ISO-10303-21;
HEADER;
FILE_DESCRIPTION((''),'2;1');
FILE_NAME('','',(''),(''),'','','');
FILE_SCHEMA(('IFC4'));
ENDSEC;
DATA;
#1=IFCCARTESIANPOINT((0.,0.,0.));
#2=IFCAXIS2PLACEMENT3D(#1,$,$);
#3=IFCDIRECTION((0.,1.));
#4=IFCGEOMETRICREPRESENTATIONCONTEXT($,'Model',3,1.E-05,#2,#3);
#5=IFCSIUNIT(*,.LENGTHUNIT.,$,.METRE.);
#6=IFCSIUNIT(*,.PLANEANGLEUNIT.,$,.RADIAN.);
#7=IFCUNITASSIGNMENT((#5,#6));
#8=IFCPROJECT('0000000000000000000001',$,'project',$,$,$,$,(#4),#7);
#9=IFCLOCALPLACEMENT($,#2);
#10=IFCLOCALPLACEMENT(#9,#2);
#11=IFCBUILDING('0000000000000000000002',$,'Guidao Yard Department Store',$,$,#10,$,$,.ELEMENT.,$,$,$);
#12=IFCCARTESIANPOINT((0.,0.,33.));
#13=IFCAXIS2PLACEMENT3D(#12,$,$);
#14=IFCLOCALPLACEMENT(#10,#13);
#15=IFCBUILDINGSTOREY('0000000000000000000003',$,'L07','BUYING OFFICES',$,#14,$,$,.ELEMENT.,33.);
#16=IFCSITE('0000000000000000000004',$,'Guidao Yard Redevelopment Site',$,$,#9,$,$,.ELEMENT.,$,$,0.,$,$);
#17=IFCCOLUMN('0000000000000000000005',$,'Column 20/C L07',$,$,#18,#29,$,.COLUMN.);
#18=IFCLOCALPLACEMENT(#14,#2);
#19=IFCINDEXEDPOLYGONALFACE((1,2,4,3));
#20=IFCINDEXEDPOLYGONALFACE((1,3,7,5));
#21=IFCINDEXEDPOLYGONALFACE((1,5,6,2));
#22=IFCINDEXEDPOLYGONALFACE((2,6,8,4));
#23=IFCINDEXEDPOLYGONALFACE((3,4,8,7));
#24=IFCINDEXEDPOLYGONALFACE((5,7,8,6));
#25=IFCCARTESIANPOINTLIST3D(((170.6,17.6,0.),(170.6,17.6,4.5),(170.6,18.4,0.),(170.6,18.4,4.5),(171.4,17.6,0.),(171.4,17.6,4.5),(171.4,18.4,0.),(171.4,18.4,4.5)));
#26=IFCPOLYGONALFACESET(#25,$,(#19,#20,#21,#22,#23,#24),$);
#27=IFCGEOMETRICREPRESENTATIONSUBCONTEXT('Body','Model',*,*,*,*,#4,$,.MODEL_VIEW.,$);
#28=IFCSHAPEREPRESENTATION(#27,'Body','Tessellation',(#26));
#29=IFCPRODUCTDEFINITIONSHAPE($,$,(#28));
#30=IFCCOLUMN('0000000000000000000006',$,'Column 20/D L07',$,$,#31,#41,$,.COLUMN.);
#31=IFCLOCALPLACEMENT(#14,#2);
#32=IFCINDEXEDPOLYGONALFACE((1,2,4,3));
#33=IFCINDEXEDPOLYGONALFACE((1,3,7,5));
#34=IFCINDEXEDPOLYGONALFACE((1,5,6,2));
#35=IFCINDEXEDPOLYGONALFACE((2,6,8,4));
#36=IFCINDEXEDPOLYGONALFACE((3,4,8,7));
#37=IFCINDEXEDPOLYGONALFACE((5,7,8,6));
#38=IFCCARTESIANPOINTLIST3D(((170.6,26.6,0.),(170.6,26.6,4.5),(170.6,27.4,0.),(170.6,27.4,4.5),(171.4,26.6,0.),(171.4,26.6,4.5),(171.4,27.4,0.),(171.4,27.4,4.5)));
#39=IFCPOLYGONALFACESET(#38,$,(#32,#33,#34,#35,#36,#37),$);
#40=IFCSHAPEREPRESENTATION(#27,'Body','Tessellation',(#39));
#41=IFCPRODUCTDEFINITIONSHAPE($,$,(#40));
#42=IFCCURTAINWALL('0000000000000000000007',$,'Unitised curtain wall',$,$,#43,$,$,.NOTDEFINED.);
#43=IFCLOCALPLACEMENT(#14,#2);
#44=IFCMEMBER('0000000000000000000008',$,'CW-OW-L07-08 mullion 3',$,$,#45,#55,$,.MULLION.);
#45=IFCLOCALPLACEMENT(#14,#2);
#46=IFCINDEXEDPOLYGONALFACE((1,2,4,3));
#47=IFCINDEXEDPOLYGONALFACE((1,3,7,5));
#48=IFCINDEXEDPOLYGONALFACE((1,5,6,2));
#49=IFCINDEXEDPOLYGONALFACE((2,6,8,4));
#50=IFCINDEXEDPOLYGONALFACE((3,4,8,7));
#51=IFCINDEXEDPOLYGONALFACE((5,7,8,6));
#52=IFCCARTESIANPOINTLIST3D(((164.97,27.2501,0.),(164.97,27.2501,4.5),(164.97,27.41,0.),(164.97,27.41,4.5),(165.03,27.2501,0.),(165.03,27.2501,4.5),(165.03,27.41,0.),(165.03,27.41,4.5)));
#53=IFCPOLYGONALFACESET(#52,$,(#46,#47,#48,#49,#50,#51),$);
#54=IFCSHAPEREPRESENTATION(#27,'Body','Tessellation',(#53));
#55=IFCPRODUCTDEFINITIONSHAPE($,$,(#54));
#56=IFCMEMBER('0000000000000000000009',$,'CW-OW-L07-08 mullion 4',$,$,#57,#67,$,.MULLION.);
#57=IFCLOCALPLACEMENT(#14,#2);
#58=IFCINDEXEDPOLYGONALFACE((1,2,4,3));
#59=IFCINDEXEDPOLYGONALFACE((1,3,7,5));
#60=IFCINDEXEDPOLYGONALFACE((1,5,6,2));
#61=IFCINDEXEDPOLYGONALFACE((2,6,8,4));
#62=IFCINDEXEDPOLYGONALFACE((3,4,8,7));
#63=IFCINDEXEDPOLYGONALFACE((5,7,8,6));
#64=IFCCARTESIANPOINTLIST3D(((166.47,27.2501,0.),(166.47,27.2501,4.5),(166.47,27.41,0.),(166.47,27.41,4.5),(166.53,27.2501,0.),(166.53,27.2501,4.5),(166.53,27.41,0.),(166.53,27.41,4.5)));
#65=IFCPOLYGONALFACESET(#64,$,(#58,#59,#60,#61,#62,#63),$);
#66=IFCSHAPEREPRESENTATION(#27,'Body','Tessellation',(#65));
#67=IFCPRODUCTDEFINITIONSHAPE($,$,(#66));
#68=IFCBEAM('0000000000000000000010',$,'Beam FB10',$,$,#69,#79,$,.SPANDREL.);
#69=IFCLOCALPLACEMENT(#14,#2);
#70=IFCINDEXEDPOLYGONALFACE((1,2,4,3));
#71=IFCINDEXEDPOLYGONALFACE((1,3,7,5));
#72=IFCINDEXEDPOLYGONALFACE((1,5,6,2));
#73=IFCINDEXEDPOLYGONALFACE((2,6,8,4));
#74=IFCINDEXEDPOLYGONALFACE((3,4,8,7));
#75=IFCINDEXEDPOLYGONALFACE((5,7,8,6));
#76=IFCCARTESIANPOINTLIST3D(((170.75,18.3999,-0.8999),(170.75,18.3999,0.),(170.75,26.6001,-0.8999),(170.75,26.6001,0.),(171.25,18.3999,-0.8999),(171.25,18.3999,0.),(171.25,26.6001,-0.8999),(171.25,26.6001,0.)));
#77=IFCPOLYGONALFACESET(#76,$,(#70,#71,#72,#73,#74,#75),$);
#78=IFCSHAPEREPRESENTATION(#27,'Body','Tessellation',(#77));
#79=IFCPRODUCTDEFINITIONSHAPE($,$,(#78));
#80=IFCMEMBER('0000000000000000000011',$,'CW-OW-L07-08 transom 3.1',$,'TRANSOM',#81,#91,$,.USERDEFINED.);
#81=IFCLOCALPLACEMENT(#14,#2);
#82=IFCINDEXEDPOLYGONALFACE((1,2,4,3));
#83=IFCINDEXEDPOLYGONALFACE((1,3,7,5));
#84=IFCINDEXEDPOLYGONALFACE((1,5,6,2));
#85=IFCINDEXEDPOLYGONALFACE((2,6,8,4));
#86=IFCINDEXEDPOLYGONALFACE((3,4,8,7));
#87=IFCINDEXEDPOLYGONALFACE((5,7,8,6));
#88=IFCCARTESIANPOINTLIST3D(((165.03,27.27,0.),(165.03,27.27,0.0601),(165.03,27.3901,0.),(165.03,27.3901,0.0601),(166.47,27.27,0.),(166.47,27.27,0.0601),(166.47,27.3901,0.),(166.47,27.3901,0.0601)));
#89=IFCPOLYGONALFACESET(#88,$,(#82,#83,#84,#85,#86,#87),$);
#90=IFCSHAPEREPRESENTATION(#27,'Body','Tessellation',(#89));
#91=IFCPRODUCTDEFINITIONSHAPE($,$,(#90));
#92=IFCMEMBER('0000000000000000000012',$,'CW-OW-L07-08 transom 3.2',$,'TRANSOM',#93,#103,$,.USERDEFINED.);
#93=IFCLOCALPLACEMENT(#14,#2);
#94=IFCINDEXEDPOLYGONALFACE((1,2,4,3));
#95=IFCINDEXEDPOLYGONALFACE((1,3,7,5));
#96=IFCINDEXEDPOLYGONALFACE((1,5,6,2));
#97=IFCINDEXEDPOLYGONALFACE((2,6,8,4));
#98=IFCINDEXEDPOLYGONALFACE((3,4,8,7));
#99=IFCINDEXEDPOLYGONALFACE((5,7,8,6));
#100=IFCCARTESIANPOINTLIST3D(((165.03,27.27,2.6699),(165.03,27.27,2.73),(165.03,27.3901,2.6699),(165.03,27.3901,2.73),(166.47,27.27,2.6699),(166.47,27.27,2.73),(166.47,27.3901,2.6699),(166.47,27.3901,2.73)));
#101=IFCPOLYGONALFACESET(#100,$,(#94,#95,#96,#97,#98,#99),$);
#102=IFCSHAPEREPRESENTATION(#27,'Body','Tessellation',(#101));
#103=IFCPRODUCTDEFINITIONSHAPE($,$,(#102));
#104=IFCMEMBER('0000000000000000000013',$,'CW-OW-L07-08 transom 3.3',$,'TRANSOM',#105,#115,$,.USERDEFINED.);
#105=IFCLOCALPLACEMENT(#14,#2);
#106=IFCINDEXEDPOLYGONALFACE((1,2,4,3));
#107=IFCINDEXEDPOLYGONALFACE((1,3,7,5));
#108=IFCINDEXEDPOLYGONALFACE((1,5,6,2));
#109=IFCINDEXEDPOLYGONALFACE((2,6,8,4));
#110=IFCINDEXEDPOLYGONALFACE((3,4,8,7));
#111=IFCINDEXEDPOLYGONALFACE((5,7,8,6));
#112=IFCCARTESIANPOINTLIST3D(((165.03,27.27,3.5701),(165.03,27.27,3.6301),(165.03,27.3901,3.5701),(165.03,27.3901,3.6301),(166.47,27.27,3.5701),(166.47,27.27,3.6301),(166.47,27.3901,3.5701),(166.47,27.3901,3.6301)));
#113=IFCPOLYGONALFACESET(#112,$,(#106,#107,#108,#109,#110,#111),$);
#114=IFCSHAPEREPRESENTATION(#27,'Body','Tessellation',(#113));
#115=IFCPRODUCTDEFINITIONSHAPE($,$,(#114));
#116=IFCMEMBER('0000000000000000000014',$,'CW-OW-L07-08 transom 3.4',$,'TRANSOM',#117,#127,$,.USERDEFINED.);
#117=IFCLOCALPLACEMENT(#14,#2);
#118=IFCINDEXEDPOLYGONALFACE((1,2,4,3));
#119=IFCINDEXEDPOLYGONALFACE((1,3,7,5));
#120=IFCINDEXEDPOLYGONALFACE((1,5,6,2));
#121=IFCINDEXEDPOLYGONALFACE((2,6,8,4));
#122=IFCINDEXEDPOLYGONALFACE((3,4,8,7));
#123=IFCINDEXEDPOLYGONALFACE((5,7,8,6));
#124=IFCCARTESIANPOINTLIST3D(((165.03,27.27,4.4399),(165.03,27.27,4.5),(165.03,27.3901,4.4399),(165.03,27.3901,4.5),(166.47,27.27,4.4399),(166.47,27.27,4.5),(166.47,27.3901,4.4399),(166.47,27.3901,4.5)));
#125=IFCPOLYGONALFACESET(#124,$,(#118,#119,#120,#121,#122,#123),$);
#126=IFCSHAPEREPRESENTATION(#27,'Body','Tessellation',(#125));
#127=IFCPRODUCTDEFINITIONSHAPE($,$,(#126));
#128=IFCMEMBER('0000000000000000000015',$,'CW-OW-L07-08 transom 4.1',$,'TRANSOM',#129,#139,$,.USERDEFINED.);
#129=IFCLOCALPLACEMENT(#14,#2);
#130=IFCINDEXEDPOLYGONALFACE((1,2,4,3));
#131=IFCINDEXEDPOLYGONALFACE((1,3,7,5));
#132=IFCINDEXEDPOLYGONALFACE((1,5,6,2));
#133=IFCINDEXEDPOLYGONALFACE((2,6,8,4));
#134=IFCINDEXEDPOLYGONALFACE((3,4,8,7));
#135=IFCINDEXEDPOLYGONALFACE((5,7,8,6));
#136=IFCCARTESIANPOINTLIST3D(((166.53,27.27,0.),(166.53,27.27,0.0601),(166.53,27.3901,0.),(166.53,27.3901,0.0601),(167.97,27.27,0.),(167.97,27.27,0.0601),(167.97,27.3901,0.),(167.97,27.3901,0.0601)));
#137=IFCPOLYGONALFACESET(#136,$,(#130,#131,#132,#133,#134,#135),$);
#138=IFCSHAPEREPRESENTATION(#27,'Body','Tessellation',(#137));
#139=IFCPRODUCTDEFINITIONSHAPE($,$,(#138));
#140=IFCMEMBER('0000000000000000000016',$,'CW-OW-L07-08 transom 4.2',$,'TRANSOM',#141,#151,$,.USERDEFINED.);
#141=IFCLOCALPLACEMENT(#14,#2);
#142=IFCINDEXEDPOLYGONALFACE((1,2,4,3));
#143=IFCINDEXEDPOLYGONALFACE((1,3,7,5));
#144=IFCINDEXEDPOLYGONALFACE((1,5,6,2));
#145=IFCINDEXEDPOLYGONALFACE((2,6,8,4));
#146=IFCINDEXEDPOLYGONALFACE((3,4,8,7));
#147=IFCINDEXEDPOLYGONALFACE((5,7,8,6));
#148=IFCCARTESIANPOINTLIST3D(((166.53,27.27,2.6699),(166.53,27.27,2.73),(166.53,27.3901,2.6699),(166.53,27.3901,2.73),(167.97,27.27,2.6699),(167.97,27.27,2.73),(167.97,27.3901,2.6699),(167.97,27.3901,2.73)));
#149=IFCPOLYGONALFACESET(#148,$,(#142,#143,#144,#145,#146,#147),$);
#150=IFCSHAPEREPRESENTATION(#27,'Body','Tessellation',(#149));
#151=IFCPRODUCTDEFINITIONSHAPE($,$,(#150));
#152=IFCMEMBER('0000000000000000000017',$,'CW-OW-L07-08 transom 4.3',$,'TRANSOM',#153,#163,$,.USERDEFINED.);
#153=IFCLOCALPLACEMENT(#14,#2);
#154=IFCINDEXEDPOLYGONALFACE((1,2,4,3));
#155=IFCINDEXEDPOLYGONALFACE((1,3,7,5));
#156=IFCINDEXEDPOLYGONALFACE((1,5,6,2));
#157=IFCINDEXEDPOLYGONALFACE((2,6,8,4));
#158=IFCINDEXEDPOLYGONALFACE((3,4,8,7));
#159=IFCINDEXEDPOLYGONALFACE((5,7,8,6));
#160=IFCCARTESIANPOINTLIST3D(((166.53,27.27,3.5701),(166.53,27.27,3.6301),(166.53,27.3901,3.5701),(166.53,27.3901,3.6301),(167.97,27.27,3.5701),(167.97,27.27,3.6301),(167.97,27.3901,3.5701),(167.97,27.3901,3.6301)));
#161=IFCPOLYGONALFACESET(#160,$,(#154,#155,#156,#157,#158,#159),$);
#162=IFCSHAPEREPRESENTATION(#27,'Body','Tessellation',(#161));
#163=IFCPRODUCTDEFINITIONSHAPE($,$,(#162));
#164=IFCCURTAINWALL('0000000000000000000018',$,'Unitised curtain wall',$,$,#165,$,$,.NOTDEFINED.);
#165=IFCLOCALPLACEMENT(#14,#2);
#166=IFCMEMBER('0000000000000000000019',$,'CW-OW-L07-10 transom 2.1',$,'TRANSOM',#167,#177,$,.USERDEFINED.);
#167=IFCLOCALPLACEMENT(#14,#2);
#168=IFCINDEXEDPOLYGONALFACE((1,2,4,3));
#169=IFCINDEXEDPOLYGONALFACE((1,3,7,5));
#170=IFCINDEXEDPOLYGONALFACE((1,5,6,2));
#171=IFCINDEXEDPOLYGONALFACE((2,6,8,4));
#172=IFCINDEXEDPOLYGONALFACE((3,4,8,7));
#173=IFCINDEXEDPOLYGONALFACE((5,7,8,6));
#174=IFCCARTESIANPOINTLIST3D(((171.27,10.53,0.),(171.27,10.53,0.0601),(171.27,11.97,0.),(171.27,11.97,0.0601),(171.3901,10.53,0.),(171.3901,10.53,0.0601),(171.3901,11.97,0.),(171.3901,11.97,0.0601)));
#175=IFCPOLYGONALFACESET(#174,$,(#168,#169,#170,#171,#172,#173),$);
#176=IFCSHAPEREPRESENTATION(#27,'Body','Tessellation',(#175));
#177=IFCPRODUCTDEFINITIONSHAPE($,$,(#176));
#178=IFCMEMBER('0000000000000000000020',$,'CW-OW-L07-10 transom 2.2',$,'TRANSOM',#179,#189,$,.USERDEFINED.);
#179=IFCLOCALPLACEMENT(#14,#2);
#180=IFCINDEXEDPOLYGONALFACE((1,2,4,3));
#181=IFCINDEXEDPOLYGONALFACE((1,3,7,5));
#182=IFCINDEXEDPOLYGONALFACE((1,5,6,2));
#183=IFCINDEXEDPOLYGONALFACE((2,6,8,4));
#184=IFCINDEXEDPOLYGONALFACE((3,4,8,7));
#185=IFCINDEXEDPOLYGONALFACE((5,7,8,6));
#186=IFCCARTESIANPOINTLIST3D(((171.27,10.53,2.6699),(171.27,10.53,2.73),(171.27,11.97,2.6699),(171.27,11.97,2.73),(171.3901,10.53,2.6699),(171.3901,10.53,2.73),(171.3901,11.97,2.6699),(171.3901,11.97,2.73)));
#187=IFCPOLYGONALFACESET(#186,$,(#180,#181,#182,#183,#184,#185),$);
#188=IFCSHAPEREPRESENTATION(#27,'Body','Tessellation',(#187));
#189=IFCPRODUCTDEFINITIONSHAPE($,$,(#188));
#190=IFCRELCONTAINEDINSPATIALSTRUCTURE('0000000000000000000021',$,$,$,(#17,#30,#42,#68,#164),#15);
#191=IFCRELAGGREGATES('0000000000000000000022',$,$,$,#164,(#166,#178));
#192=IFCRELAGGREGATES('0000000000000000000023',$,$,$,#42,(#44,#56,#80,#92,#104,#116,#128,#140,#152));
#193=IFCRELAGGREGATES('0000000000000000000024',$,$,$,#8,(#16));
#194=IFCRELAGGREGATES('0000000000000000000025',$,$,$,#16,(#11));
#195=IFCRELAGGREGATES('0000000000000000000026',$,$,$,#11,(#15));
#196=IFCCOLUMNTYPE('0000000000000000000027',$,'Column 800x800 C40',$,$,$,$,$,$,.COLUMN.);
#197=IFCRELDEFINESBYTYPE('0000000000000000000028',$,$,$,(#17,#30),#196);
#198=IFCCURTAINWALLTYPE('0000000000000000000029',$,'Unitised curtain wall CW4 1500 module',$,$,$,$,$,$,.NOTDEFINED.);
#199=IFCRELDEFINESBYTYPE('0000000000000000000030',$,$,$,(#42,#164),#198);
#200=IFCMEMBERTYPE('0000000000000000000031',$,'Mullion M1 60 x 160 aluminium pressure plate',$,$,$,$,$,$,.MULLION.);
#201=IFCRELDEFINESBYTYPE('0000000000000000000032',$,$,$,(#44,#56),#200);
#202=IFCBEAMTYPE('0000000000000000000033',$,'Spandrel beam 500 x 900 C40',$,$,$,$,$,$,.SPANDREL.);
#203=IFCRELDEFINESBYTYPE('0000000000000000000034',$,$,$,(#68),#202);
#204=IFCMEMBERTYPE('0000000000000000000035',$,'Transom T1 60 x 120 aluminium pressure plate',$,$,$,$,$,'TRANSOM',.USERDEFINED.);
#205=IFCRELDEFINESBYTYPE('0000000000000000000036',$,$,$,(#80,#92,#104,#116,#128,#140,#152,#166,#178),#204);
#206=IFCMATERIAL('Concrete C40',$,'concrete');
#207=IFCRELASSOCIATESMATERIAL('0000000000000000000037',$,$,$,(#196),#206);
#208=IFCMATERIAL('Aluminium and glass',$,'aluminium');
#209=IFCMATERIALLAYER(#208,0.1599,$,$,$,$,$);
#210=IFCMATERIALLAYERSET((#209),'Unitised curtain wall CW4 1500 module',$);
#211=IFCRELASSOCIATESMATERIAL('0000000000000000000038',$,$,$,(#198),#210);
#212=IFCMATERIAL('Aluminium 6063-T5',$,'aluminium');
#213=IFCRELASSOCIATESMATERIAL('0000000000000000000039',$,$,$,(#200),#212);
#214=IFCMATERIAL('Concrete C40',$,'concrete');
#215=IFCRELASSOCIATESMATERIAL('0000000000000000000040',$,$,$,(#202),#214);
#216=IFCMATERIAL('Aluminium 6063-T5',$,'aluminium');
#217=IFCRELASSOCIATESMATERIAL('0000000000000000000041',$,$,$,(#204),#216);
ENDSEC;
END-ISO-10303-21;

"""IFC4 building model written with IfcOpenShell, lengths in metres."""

from ifc_helpers import new_model, si_unit, direction, frame, origin, origin_2d, place, context, subcontext, project, spatial, rectangle, extrude, material, layer, layer_set, material_profile, profile_set, type_object, element, aggregate, save


model = new_model("IFC4")

# Units and contexts
model_context = context("Model", 3, precision=1e-05, world=origin(), true_north=direction((0.0, 1.0)))
body_context = subcontext(model_context, "Body", "Model", "MODEL_VIEW")
ifc_project = project(units=[si_unit("LENGTHUNIT", "METRE"), si_unit("PLANEANGLEUNIT", "RADIAN")], contexts=[model_context])

# Site, building, storey
site_placement = place(None, origin())
site = spatial("IfcSite", under=ifc_project, at=site_placement, Name="Guidao Yard Redevelopment Site", CompositionType="ELEMENT", RefElevation=0.0)
building_placement = place(site_placement, origin())
building = spatial("IfcBuilding", under=site, at=building_placement, Name="Guidao Yard Department Store", CompositionType="ELEMENT")
storey_placement = place(building_placement, frame((0.0, 0.0, 33.0)))
storey = spatial("IfcBuildingStorey", under=building, at=storey_placement, Name="L07", Description="BUYING OFFICES", CompositionType="ELEMENT", Elevation=33.0)

# Columns
ifc_material_1 = material(Name="Concrete C40", Category="concrete")
ifc_material_profile_1 = material_profile(ifc_material_1, rectangle(XDim=0.8, YDim=0.8, at=origin_2d()), Name="COL 800x800")
ifc_profile_set_1 = profile_set([ifc_material_profile_1], Name="Concrete C40")
column_type = type_object("IfcColumnType", Name="Column 800x800 C40", PredefinedType="COLUMN", material=ifc_profile_set_1)
for number, where, z_axis, x_axis, name in (
    (1, (171.0, 18.0, 0.0), (0.0, 0.0, 1.0), (1.0, 0.0, 0.0), "Column 20/C L07"),
    (2, (171.0, 27.0, 0.0), (0.0, 0.0, 1.0), (1.0, 0.0, 0.0), "Column 20/D L07"),
):
    element("IfcColumn", number, at=place(storey_placement, frame(where, z_axis=z_axis, x_axis=x_axis)), inside=storey, type_object=column_type, Name=name, PredefinedType="COLUMN", context=body_context, shape_type="SweptSolid", body=[
        extrude(rectangle(XDim=0.8, YDim=0.8, at=origin_2d()), origin(), (0.0, 0.0, 1.0), 4.5),
    ])

# Curtain wall, members
ifc_material_2 = material(Name="Aluminium and glass", Category="aluminium")
ifc_layer_1 = layer(ifc_material_2, 0.1599)
ifc_layer_set_1 = layer_set([ifc_layer_1], Name="Unitised curtain wall CW4 1500 module")
curtain_wall_type = type_object("IfcCurtainWallType", Name="Unitised curtain wall CW4 1500 module", PredefinedType="NOTDEFINED", material=ifc_layer_set_1)
curtain_wall_1_placement = place(storey_placement, origin())
curtain_wall_1 = element("IfcCurtainWall", 3, at=curtain_wall_1_placement, inside=storey, type_object=curtain_wall_type, Name="Unitised curtain wall", PredefinedType="NOTDEFINED")
ifc_material_3 = material(Name="Aluminium 6063-T5", Category="aluminium")
ifc_material_profile_2 = material_profile(ifc_material_3, rectangle(XDim=0.0601, YDim=0.1599, at=origin_2d()), Name="Mullion M1 60 x 160 aluminium pressure plate")
ifc_profile_set_2 = profile_set([ifc_material_profile_2], Name="Aluminium 6063-T5")
member_type_1 = type_object("IfcMemberType", Name="Mullion M1 60 x 160 aluminium pressure plate", PredefinedType="MULLION", material=ifc_profile_set_2)
member_1_placement = place(storey_placement, frame((165.0, 27.3301, 0.0), z_axis=(0.0, 0.0, 1.0), x_axis=(1.0, 0.0, 0.0)))
member_1 = element("IfcMember", 4, at=member_1_placement, type_object=member_type_1, Name="CW-OW-L07-08 mullion 3", PredefinedType="MULLION", context=body_context, shape_type="SweptSolid", body=[
    extrude(rectangle(XDim=0.0601, YDim=0.1599, at=origin_2d()), origin(), (0.0, 0.0, 1.0), 4.5),
])
member_2_placement = place(storey_placement, frame((166.5, 27.3301, 0.0), z_axis=(0.0, 0.0, 1.0), x_axis=(1.0, 0.0, 0.0)))
member_2 = element("IfcMember", 5, at=member_2_placement, type_object=member_type_1, Name="CW-OW-L07-08 mullion 4", PredefinedType="MULLION", context=body_context, shape_type="SweptSolid", body=[
    extrude(rectangle(XDim=0.0601, YDim=0.1599, at=origin_2d()), origin(), (0.0, 0.0, 1.0), 4.5),
])

# Beam
ifc_material_4 = material(Name="Concrete C40", Category="concrete")
ifc_material_profile_3 = material_profile(ifc_material_4, rectangle(XDim=0.5, YDim=0.8999, at=origin_2d()), Name="Spandrel beam 500 x 900 C40")
ifc_profile_set_3 = profile_set([ifc_material_profile_3], Name="Concrete C40")
beam_type = type_object("IfcBeamType", Name="Spandrel beam 500 x 900 C40", PredefinedType="SPANDREL", material=ifc_profile_set_3)
beam_placement = place(storey_placement, frame((171.0, 18.3999, -0.45), z_axis=(0.0, 1.0, 0.0), x_axis=(-1.0, 0.0, 0.0)))
element("IfcBeam", 6, at=beam_placement, inside=storey, type_object=beam_type, Name="Beam FB10", PredefinedType="SPANDREL", context=body_context, shape_type="SweptSolid", body=[
    extrude(rectangle(XDim=0.5, YDim=0.8999, at=origin_2d()), origin(), (0.0, 0.0, 1.0), 8.2002),
])

# Members
ifc_material_5 = material(Name="Aluminium 6063-T5", Category="aluminium")
ifc_material_profile_4 = material_profile(ifc_material_5, rectangle(XDim=0.1201, YDim=0.0601, at=origin_2d()), Name="Transom T1 60 x 120 aluminium pressure plate")
ifc_profile_set_4 = profile_set([ifc_material_profile_4], Name="Aluminium 6063-T5")
member_type_2 = type_object("IfcMemberType", Name="Transom T1 60 x 120 aluminium pressure plate", ElementType="TRANSOM", PredefinedType="USERDEFINED", material=ifc_profile_set_4)
member_3_placement = place(storey_placement, frame((165.03, 27.3301, 0.03), z_axis=(1.0, 0.0, 0.0), x_axis=(0.0, 1.0, 0.0)))
member_3 = element("IfcMember", 7, at=member_3_placement, type_object=member_type_2, Name="CW-OW-L07-08 transom 3.1", ObjectType="TRANSOM", PredefinedType="USERDEFINED", context=body_context, shape_type="SweptSolid", body=[
    extrude(rectangle(XDim=0.1201, YDim=0.0601, at=origin_2d()), origin(), (0.0, 0.0, 1.0), 1.4399),
])
member_4_placement = place(storey_placement, frame((165.03, 27.3301, 2.7), z_axis=(1.0, 0.0, 0.0), x_axis=(0.0, 1.0, 0.0)))
member_4 = element("IfcMember", 8, at=member_4_placement, type_object=member_type_2, Name="CW-OW-L07-08 transom 3.2", ObjectType="TRANSOM", PredefinedType="USERDEFINED", context=body_context, shape_type="SweptSolid", body=[
    extrude(rectangle(XDim=0.1201, YDim=0.0601, at=origin_2d()), origin(), (0.0, 0.0, 1.0), 1.4399),
])
member_5_placement = place(storey_placement, frame((165.03, 27.3301, 3.6001), z_axis=(1.0, 0.0, 0.0), x_axis=(0.0, 1.0, 0.0)))
member_5 = element("IfcMember", 9, at=member_5_placement, type_object=member_type_2, Name="CW-OW-L07-08 transom 3.3", ObjectType="TRANSOM", PredefinedType="USERDEFINED", context=body_context, shape_type="SweptSolid", body=[
    extrude(rectangle(XDim=0.1201, YDim=0.0601, at=origin_2d()), origin(), (0.0, 0.0, 1.0), 1.4399),
])
member_6_placement = place(storey_placement, frame((165.03, 27.3301, 4.47), z_axis=(1.0, 0.0, 0.0), x_axis=(0.0, 1.0, 0.0)))
member_6 = element("IfcMember", 10, at=member_6_placement, type_object=member_type_2, Name="CW-OW-L07-08 transom 3.4", ObjectType="TRANSOM", PredefinedType="USERDEFINED", context=body_context, shape_type="SweptSolid", body=[
    extrude(rectangle(XDim=0.1201, YDim=0.0601, at=origin_2d()), origin(), (0.0, 0.0, 1.0), 1.4399),
])
member_7_placement = place(storey_placement, frame((166.53, 27.3301, 0.03), z_axis=(1.0, 0.0, 0.0), x_axis=(0.0, 1.0, 0.0)))
member_7 = element("IfcMember", 11, at=member_7_placement, type_object=member_type_2, Name="CW-OW-L07-08 transom 4.1", ObjectType="TRANSOM", PredefinedType="USERDEFINED", context=body_context, shape_type="SweptSolid", body=[
    extrude(rectangle(XDim=0.1201, YDim=0.0601, at=origin_2d()), origin(), (0.0, 0.0, 1.0), 1.4399),
])
member_8_placement = place(storey_placement, frame((166.53, 27.3301, 2.7), z_axis=(1.0, 0.0, 0.0), x_axis=(0.0, 1.0, 0.0)))
member_8 = element("IfcMember", 12, at=member_8_placement, type_object=member_type_2, Name="CW-OW-L07-08 transom 4.2", ObjectType="TRANSOM", PredefinedType="USERDEFINED", context=body_context, shape_type="SweptSolid", body=[
    extrude(rectangle(XDim=0.1201, YDim=0.0601, at=origin_2d()), origin(), (0.0, 0.0, 1.0), 1.4399),
])
member_9_placement = place(storey_placement, frame((166.53, 27.3301, 3.6001), z_axis=(1.0, 0.0, 0.0), x_axis=(0.0, 1.0, 0.0)))
member_9 = element("IfcMember", 13, at=member_9_placement, type_object=member_type_2, Name="CW-OW-L07-08 transom 4.3", ObjectType="TRANSOM", PredefinedType="USERDEFINED", context=body_context, shape_type="SweptSolid", body=[
    extrude(rectangle(XDim=0.1201, YDim=0.0601, at=origin_2d()), origin(), (0.0, 0.0, 1.0), 1.4399),
])

# Curtain wall, members
curtain_wall_2_placement = place(storey_placement, origin())
curtain_wall_2 = element("IfcCurtainWall", 14, at=curtain_wall_2_placement, inside=storey, type_object=curtain_wall_type, Name="Unitised curtain wall", PredefinedType="NOTDEFINED")
member_10_placement = place(storey_placement, frame((171.3301, 11.97, 0.03), z_axis=(0.0, -1.0, 0.0), x_axis=(1.0, 0.0, 0.0)))
member_10 = element("IfcMember", 15, at=member_10_placement, type_object=member_type_2, Name="CW-OW-L07-10 transom 2.1", ObjectType="TRANSOM", PredefinedType="USERDEFINED", context=body_context, shape_type="SweptSolid", body=[
    extrude(rectangle(XDim=0.1201, YDim=0.0601, at=origin_2d()), origin(), (0.0, 0.0, 1.0), 1.4399),
])
member_11_placement = place(storey_placement, frame((171.3301, 11.97, 2.7), z_axis=(0.0, -1.0, 0.0), x_axis=(1.0, 0.0, 0.0)))
member_11 = element("IfcMember", 16, at=member_11_placement, type_object=member_type_2, Name="CW-OW-L07-10 transom 2.2", ObjectType="TRANSOM", PredefinedType="USERDEFINED", context=body_context, shape_type="SweptSolid", body=[
    extrude(rectangle(XDim=0.1201, YDim=0.0601, at=origin_2d()), origin(), (0.0, 0.0, 1.0), 1.4399),
])
aggregate(curtain_wall_2, [member_10, member_11])

aggregate(curtain_wall_1, [member_1, member_2, member_3, member_4, member_5, member_6, member_7, member_8, member_9])

save(model, "model.ifc")
